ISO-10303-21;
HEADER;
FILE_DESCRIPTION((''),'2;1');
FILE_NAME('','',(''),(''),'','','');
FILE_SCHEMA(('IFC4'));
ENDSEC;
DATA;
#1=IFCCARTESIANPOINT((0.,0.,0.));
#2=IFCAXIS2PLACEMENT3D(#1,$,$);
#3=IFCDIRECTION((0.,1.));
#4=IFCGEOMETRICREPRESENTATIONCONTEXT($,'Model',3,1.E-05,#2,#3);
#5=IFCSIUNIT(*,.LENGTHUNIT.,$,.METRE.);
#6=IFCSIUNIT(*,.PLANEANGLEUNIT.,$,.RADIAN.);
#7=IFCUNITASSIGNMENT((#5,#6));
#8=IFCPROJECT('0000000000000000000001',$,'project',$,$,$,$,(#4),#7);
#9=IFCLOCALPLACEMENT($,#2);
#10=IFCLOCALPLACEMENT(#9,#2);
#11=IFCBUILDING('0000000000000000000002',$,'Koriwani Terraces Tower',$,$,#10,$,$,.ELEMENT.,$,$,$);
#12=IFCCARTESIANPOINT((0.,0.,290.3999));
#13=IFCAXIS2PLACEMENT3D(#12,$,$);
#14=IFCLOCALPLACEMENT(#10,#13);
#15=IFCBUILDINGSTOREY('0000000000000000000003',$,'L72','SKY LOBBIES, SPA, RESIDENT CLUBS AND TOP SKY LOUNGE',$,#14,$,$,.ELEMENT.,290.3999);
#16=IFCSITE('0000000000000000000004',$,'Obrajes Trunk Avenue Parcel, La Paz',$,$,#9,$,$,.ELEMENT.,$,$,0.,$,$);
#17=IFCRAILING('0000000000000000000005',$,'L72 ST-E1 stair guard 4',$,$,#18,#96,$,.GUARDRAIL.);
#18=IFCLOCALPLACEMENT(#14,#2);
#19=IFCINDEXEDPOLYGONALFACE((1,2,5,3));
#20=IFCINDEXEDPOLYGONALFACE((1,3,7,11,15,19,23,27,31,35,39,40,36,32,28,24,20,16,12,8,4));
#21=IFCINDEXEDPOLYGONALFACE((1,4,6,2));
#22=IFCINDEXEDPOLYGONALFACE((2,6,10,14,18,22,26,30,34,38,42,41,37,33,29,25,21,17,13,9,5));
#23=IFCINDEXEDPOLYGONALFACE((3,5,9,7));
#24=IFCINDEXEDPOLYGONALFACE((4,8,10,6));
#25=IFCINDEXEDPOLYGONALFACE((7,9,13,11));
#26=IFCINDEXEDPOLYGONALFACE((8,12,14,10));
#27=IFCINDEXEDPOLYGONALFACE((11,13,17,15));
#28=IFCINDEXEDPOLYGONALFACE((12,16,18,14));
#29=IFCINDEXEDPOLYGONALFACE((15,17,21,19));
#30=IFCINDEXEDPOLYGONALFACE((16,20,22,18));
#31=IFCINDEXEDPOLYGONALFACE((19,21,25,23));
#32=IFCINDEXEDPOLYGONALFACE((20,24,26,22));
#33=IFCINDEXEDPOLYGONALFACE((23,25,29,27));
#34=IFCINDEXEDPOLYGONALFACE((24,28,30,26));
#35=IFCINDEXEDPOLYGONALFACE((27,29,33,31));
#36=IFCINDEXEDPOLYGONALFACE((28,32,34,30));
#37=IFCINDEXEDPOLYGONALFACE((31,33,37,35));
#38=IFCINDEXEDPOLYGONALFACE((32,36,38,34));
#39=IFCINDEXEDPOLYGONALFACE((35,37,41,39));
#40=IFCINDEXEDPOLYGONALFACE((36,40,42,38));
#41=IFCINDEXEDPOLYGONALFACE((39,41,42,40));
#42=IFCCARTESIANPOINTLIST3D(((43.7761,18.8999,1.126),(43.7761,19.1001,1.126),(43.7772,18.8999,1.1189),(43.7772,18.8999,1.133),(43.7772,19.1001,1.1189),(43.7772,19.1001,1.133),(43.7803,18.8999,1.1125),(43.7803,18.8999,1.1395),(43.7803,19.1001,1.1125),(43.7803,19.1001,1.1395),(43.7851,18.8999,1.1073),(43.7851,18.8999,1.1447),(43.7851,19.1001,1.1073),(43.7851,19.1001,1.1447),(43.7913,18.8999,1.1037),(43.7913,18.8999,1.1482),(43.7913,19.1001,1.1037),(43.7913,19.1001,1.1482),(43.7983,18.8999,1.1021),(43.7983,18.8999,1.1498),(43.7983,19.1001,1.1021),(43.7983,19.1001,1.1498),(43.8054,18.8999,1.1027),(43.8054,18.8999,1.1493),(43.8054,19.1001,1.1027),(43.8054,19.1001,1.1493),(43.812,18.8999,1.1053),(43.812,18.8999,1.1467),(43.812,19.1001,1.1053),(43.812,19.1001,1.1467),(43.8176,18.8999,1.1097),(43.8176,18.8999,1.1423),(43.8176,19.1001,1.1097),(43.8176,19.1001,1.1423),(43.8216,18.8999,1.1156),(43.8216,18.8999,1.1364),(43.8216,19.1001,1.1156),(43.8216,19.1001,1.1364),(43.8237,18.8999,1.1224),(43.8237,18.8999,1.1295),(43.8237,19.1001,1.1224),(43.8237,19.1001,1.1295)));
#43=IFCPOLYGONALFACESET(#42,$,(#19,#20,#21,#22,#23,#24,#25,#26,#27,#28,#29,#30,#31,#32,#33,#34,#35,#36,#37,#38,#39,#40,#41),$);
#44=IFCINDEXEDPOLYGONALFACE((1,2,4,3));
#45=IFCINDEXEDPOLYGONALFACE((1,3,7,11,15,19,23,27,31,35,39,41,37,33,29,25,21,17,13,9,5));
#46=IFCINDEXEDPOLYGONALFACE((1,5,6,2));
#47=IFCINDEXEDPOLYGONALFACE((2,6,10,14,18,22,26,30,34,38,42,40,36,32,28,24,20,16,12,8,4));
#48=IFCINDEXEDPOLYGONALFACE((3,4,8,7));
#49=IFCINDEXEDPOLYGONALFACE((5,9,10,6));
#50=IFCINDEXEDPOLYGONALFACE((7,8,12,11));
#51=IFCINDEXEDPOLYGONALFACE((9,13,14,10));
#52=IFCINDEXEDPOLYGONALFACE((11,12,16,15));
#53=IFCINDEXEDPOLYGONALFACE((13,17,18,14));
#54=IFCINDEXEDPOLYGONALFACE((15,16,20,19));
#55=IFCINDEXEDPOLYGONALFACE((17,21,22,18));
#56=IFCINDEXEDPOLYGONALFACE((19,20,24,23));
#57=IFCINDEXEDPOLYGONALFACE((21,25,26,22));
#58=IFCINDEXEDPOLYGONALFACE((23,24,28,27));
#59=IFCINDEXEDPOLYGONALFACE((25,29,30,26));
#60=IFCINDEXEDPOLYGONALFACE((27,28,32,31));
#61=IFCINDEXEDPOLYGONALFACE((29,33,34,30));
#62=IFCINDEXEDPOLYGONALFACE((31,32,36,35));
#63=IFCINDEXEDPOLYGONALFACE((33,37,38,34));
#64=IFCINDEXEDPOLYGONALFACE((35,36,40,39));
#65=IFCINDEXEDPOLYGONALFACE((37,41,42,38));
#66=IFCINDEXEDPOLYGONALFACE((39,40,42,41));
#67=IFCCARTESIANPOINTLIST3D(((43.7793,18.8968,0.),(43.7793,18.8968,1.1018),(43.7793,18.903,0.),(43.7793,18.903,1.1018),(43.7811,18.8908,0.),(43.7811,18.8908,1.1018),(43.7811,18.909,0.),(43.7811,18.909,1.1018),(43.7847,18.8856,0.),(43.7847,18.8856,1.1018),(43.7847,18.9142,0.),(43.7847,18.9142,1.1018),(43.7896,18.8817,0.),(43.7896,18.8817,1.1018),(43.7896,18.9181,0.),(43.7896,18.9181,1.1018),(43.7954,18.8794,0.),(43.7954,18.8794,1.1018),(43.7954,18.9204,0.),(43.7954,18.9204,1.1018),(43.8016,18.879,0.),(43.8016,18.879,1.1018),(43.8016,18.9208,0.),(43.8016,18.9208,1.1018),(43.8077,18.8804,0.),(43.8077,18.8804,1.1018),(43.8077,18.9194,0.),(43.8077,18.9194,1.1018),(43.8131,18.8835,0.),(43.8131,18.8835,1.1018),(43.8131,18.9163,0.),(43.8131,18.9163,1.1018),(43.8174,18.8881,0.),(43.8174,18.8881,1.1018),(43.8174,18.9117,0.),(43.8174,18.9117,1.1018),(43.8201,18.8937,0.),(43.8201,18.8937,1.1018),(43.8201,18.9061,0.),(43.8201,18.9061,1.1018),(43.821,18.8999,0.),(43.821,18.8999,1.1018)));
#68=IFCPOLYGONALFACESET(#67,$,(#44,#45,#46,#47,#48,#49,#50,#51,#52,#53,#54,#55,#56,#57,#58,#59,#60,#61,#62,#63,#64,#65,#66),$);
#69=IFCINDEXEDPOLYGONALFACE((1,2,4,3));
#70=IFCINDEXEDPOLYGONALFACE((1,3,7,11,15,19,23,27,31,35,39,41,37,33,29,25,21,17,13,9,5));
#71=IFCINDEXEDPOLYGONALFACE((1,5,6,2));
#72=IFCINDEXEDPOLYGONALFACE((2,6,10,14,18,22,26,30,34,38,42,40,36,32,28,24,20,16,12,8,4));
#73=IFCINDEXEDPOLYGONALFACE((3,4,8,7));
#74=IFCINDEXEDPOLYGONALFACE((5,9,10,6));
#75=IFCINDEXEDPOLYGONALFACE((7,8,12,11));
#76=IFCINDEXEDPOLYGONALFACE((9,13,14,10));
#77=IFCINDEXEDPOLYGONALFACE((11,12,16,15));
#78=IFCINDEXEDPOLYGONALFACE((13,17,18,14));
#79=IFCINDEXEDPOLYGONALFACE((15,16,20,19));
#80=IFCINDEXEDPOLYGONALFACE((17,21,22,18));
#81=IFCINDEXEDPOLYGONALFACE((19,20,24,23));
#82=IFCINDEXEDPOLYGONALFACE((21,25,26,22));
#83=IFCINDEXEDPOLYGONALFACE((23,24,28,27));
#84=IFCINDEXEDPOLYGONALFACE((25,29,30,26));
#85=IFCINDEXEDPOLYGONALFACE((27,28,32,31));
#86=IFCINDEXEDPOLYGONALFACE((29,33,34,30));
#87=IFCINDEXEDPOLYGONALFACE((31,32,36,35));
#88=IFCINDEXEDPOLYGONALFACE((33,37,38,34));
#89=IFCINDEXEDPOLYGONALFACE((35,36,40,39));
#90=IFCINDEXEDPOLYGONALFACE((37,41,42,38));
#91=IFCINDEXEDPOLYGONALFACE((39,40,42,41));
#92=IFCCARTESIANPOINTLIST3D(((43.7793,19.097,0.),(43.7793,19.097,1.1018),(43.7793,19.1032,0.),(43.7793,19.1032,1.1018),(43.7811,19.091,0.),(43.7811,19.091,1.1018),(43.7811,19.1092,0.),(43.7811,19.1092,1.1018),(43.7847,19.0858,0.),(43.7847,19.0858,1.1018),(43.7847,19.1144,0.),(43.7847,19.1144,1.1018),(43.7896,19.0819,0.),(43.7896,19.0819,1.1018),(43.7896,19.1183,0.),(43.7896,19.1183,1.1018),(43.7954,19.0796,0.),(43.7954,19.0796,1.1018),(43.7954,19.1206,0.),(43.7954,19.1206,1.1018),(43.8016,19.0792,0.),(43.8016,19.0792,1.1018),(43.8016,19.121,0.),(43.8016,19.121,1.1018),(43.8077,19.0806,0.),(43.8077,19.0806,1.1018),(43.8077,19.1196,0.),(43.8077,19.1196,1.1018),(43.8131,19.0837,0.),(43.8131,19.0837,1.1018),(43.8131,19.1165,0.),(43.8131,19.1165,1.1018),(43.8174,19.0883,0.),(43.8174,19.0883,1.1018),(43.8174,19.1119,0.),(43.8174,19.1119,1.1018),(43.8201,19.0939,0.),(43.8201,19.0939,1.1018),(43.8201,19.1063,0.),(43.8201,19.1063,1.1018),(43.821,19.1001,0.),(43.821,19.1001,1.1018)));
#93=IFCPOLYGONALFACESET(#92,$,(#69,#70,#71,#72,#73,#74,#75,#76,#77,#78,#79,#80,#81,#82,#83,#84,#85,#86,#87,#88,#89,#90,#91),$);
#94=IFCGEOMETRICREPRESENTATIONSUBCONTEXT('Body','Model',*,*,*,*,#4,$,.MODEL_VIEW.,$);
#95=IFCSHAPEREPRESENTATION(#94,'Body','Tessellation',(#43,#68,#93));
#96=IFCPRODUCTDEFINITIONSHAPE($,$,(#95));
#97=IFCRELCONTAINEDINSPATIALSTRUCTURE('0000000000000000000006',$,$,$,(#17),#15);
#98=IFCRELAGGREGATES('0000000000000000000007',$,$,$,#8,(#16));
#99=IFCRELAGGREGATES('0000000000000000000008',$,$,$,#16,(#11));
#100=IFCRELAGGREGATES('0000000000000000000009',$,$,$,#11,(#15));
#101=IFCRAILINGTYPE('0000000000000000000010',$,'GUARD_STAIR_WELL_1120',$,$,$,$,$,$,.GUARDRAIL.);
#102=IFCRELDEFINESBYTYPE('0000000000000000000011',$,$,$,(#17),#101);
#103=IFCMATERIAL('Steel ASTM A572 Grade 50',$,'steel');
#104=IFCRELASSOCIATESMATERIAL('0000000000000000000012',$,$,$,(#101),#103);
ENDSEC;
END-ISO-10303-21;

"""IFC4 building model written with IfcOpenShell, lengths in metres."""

from ifc_helpers import new_model, si_unit, direction, frame, origin, origin_2d, place, context, subcontext, project, spatial, circle, extrude, material, type_object, element, save


model = new_model("IFC4")

# Units and contexts
model_context = context("Model", 3, precision=1e-05, world=origin(), true_north=direction((0.0, 1.0)))
body_context = subcontext(model_context, "Body", "Model", "MODEL_VIEW")
ifc_project = project(units=[si_unit("LENGTHUNIT", "METRE"), si_unit("PLANEANGLEUNIT", "RADIAN")], contexts=[model_context])

# Site, building, storey
site_placement = place(None, origin())
site = spatial("IfcSite", under=ifc_project, at=site_placement, Name="Obrajes Trunk Avenue Parcel, La Paz", CompositionType="ELEMENT", RefElevation=0.0)
building_placement = place(site_placement, origin())
building = spatial("IfcBuilding", under=site, at=building_placement, Name="Koriwani Terraces Tower", CompositionType="ELEMENT")
storey_placement = place(building_placement, frame((0.0, 0.0, 290.3999)))
storey = spatial("IfcBuildingStorey", under=building, at=storey_placement, Name="L72", Description="SKY LOBBIES, SPA, RESIDENT CLUBS AND TOP SKY LOUNGE", CompositionType="ELEMENT", Elevation=290.3999)

# Shared definitions
ifc_material_1 = material(Name="Steel ASTM A572 Grade 50", Category="steel")

# Railing
railing_type_1 = type_object("IfcRailingType", Name="GUARD_STAIR_WELL_1120", PredefinedType="GUARDRAIL", material=ifc_material_1)
railing_1_placement = place(storey_placement, frame((43.8, 18.8999, 0.0)))
element("IfcRailing", 1, at=railing_1_placement, inside=storey, type_object=railing_type_1, Name="L72 ST-E1 stair guard 4", PredefinedType="GUARDRAIL", context=body_context, shape_type="SweptSolid", body=[
    extrude(circle(Radius=0.0239, at=origin_2d()), frame((0.0, 0.0, 1.126), z_axis=(0.0, 1.0, 0.0), x_axis=(-1.0, 0.0, 0.0)), (0.0, 0.0, 1.0), 0.2002),
    extrude(circle(Radius=0.021, at=origin_2d()), origin(), (0.0, 0.0, 1.0), 1.1018),
    extrude(circle(Radius=0.021, at=origin_2d()), frame((0.0, 0.2002, 0.0)), (0.0, 0.0, 1.0), 1.1018),
])

save(model, "model.ifc")
